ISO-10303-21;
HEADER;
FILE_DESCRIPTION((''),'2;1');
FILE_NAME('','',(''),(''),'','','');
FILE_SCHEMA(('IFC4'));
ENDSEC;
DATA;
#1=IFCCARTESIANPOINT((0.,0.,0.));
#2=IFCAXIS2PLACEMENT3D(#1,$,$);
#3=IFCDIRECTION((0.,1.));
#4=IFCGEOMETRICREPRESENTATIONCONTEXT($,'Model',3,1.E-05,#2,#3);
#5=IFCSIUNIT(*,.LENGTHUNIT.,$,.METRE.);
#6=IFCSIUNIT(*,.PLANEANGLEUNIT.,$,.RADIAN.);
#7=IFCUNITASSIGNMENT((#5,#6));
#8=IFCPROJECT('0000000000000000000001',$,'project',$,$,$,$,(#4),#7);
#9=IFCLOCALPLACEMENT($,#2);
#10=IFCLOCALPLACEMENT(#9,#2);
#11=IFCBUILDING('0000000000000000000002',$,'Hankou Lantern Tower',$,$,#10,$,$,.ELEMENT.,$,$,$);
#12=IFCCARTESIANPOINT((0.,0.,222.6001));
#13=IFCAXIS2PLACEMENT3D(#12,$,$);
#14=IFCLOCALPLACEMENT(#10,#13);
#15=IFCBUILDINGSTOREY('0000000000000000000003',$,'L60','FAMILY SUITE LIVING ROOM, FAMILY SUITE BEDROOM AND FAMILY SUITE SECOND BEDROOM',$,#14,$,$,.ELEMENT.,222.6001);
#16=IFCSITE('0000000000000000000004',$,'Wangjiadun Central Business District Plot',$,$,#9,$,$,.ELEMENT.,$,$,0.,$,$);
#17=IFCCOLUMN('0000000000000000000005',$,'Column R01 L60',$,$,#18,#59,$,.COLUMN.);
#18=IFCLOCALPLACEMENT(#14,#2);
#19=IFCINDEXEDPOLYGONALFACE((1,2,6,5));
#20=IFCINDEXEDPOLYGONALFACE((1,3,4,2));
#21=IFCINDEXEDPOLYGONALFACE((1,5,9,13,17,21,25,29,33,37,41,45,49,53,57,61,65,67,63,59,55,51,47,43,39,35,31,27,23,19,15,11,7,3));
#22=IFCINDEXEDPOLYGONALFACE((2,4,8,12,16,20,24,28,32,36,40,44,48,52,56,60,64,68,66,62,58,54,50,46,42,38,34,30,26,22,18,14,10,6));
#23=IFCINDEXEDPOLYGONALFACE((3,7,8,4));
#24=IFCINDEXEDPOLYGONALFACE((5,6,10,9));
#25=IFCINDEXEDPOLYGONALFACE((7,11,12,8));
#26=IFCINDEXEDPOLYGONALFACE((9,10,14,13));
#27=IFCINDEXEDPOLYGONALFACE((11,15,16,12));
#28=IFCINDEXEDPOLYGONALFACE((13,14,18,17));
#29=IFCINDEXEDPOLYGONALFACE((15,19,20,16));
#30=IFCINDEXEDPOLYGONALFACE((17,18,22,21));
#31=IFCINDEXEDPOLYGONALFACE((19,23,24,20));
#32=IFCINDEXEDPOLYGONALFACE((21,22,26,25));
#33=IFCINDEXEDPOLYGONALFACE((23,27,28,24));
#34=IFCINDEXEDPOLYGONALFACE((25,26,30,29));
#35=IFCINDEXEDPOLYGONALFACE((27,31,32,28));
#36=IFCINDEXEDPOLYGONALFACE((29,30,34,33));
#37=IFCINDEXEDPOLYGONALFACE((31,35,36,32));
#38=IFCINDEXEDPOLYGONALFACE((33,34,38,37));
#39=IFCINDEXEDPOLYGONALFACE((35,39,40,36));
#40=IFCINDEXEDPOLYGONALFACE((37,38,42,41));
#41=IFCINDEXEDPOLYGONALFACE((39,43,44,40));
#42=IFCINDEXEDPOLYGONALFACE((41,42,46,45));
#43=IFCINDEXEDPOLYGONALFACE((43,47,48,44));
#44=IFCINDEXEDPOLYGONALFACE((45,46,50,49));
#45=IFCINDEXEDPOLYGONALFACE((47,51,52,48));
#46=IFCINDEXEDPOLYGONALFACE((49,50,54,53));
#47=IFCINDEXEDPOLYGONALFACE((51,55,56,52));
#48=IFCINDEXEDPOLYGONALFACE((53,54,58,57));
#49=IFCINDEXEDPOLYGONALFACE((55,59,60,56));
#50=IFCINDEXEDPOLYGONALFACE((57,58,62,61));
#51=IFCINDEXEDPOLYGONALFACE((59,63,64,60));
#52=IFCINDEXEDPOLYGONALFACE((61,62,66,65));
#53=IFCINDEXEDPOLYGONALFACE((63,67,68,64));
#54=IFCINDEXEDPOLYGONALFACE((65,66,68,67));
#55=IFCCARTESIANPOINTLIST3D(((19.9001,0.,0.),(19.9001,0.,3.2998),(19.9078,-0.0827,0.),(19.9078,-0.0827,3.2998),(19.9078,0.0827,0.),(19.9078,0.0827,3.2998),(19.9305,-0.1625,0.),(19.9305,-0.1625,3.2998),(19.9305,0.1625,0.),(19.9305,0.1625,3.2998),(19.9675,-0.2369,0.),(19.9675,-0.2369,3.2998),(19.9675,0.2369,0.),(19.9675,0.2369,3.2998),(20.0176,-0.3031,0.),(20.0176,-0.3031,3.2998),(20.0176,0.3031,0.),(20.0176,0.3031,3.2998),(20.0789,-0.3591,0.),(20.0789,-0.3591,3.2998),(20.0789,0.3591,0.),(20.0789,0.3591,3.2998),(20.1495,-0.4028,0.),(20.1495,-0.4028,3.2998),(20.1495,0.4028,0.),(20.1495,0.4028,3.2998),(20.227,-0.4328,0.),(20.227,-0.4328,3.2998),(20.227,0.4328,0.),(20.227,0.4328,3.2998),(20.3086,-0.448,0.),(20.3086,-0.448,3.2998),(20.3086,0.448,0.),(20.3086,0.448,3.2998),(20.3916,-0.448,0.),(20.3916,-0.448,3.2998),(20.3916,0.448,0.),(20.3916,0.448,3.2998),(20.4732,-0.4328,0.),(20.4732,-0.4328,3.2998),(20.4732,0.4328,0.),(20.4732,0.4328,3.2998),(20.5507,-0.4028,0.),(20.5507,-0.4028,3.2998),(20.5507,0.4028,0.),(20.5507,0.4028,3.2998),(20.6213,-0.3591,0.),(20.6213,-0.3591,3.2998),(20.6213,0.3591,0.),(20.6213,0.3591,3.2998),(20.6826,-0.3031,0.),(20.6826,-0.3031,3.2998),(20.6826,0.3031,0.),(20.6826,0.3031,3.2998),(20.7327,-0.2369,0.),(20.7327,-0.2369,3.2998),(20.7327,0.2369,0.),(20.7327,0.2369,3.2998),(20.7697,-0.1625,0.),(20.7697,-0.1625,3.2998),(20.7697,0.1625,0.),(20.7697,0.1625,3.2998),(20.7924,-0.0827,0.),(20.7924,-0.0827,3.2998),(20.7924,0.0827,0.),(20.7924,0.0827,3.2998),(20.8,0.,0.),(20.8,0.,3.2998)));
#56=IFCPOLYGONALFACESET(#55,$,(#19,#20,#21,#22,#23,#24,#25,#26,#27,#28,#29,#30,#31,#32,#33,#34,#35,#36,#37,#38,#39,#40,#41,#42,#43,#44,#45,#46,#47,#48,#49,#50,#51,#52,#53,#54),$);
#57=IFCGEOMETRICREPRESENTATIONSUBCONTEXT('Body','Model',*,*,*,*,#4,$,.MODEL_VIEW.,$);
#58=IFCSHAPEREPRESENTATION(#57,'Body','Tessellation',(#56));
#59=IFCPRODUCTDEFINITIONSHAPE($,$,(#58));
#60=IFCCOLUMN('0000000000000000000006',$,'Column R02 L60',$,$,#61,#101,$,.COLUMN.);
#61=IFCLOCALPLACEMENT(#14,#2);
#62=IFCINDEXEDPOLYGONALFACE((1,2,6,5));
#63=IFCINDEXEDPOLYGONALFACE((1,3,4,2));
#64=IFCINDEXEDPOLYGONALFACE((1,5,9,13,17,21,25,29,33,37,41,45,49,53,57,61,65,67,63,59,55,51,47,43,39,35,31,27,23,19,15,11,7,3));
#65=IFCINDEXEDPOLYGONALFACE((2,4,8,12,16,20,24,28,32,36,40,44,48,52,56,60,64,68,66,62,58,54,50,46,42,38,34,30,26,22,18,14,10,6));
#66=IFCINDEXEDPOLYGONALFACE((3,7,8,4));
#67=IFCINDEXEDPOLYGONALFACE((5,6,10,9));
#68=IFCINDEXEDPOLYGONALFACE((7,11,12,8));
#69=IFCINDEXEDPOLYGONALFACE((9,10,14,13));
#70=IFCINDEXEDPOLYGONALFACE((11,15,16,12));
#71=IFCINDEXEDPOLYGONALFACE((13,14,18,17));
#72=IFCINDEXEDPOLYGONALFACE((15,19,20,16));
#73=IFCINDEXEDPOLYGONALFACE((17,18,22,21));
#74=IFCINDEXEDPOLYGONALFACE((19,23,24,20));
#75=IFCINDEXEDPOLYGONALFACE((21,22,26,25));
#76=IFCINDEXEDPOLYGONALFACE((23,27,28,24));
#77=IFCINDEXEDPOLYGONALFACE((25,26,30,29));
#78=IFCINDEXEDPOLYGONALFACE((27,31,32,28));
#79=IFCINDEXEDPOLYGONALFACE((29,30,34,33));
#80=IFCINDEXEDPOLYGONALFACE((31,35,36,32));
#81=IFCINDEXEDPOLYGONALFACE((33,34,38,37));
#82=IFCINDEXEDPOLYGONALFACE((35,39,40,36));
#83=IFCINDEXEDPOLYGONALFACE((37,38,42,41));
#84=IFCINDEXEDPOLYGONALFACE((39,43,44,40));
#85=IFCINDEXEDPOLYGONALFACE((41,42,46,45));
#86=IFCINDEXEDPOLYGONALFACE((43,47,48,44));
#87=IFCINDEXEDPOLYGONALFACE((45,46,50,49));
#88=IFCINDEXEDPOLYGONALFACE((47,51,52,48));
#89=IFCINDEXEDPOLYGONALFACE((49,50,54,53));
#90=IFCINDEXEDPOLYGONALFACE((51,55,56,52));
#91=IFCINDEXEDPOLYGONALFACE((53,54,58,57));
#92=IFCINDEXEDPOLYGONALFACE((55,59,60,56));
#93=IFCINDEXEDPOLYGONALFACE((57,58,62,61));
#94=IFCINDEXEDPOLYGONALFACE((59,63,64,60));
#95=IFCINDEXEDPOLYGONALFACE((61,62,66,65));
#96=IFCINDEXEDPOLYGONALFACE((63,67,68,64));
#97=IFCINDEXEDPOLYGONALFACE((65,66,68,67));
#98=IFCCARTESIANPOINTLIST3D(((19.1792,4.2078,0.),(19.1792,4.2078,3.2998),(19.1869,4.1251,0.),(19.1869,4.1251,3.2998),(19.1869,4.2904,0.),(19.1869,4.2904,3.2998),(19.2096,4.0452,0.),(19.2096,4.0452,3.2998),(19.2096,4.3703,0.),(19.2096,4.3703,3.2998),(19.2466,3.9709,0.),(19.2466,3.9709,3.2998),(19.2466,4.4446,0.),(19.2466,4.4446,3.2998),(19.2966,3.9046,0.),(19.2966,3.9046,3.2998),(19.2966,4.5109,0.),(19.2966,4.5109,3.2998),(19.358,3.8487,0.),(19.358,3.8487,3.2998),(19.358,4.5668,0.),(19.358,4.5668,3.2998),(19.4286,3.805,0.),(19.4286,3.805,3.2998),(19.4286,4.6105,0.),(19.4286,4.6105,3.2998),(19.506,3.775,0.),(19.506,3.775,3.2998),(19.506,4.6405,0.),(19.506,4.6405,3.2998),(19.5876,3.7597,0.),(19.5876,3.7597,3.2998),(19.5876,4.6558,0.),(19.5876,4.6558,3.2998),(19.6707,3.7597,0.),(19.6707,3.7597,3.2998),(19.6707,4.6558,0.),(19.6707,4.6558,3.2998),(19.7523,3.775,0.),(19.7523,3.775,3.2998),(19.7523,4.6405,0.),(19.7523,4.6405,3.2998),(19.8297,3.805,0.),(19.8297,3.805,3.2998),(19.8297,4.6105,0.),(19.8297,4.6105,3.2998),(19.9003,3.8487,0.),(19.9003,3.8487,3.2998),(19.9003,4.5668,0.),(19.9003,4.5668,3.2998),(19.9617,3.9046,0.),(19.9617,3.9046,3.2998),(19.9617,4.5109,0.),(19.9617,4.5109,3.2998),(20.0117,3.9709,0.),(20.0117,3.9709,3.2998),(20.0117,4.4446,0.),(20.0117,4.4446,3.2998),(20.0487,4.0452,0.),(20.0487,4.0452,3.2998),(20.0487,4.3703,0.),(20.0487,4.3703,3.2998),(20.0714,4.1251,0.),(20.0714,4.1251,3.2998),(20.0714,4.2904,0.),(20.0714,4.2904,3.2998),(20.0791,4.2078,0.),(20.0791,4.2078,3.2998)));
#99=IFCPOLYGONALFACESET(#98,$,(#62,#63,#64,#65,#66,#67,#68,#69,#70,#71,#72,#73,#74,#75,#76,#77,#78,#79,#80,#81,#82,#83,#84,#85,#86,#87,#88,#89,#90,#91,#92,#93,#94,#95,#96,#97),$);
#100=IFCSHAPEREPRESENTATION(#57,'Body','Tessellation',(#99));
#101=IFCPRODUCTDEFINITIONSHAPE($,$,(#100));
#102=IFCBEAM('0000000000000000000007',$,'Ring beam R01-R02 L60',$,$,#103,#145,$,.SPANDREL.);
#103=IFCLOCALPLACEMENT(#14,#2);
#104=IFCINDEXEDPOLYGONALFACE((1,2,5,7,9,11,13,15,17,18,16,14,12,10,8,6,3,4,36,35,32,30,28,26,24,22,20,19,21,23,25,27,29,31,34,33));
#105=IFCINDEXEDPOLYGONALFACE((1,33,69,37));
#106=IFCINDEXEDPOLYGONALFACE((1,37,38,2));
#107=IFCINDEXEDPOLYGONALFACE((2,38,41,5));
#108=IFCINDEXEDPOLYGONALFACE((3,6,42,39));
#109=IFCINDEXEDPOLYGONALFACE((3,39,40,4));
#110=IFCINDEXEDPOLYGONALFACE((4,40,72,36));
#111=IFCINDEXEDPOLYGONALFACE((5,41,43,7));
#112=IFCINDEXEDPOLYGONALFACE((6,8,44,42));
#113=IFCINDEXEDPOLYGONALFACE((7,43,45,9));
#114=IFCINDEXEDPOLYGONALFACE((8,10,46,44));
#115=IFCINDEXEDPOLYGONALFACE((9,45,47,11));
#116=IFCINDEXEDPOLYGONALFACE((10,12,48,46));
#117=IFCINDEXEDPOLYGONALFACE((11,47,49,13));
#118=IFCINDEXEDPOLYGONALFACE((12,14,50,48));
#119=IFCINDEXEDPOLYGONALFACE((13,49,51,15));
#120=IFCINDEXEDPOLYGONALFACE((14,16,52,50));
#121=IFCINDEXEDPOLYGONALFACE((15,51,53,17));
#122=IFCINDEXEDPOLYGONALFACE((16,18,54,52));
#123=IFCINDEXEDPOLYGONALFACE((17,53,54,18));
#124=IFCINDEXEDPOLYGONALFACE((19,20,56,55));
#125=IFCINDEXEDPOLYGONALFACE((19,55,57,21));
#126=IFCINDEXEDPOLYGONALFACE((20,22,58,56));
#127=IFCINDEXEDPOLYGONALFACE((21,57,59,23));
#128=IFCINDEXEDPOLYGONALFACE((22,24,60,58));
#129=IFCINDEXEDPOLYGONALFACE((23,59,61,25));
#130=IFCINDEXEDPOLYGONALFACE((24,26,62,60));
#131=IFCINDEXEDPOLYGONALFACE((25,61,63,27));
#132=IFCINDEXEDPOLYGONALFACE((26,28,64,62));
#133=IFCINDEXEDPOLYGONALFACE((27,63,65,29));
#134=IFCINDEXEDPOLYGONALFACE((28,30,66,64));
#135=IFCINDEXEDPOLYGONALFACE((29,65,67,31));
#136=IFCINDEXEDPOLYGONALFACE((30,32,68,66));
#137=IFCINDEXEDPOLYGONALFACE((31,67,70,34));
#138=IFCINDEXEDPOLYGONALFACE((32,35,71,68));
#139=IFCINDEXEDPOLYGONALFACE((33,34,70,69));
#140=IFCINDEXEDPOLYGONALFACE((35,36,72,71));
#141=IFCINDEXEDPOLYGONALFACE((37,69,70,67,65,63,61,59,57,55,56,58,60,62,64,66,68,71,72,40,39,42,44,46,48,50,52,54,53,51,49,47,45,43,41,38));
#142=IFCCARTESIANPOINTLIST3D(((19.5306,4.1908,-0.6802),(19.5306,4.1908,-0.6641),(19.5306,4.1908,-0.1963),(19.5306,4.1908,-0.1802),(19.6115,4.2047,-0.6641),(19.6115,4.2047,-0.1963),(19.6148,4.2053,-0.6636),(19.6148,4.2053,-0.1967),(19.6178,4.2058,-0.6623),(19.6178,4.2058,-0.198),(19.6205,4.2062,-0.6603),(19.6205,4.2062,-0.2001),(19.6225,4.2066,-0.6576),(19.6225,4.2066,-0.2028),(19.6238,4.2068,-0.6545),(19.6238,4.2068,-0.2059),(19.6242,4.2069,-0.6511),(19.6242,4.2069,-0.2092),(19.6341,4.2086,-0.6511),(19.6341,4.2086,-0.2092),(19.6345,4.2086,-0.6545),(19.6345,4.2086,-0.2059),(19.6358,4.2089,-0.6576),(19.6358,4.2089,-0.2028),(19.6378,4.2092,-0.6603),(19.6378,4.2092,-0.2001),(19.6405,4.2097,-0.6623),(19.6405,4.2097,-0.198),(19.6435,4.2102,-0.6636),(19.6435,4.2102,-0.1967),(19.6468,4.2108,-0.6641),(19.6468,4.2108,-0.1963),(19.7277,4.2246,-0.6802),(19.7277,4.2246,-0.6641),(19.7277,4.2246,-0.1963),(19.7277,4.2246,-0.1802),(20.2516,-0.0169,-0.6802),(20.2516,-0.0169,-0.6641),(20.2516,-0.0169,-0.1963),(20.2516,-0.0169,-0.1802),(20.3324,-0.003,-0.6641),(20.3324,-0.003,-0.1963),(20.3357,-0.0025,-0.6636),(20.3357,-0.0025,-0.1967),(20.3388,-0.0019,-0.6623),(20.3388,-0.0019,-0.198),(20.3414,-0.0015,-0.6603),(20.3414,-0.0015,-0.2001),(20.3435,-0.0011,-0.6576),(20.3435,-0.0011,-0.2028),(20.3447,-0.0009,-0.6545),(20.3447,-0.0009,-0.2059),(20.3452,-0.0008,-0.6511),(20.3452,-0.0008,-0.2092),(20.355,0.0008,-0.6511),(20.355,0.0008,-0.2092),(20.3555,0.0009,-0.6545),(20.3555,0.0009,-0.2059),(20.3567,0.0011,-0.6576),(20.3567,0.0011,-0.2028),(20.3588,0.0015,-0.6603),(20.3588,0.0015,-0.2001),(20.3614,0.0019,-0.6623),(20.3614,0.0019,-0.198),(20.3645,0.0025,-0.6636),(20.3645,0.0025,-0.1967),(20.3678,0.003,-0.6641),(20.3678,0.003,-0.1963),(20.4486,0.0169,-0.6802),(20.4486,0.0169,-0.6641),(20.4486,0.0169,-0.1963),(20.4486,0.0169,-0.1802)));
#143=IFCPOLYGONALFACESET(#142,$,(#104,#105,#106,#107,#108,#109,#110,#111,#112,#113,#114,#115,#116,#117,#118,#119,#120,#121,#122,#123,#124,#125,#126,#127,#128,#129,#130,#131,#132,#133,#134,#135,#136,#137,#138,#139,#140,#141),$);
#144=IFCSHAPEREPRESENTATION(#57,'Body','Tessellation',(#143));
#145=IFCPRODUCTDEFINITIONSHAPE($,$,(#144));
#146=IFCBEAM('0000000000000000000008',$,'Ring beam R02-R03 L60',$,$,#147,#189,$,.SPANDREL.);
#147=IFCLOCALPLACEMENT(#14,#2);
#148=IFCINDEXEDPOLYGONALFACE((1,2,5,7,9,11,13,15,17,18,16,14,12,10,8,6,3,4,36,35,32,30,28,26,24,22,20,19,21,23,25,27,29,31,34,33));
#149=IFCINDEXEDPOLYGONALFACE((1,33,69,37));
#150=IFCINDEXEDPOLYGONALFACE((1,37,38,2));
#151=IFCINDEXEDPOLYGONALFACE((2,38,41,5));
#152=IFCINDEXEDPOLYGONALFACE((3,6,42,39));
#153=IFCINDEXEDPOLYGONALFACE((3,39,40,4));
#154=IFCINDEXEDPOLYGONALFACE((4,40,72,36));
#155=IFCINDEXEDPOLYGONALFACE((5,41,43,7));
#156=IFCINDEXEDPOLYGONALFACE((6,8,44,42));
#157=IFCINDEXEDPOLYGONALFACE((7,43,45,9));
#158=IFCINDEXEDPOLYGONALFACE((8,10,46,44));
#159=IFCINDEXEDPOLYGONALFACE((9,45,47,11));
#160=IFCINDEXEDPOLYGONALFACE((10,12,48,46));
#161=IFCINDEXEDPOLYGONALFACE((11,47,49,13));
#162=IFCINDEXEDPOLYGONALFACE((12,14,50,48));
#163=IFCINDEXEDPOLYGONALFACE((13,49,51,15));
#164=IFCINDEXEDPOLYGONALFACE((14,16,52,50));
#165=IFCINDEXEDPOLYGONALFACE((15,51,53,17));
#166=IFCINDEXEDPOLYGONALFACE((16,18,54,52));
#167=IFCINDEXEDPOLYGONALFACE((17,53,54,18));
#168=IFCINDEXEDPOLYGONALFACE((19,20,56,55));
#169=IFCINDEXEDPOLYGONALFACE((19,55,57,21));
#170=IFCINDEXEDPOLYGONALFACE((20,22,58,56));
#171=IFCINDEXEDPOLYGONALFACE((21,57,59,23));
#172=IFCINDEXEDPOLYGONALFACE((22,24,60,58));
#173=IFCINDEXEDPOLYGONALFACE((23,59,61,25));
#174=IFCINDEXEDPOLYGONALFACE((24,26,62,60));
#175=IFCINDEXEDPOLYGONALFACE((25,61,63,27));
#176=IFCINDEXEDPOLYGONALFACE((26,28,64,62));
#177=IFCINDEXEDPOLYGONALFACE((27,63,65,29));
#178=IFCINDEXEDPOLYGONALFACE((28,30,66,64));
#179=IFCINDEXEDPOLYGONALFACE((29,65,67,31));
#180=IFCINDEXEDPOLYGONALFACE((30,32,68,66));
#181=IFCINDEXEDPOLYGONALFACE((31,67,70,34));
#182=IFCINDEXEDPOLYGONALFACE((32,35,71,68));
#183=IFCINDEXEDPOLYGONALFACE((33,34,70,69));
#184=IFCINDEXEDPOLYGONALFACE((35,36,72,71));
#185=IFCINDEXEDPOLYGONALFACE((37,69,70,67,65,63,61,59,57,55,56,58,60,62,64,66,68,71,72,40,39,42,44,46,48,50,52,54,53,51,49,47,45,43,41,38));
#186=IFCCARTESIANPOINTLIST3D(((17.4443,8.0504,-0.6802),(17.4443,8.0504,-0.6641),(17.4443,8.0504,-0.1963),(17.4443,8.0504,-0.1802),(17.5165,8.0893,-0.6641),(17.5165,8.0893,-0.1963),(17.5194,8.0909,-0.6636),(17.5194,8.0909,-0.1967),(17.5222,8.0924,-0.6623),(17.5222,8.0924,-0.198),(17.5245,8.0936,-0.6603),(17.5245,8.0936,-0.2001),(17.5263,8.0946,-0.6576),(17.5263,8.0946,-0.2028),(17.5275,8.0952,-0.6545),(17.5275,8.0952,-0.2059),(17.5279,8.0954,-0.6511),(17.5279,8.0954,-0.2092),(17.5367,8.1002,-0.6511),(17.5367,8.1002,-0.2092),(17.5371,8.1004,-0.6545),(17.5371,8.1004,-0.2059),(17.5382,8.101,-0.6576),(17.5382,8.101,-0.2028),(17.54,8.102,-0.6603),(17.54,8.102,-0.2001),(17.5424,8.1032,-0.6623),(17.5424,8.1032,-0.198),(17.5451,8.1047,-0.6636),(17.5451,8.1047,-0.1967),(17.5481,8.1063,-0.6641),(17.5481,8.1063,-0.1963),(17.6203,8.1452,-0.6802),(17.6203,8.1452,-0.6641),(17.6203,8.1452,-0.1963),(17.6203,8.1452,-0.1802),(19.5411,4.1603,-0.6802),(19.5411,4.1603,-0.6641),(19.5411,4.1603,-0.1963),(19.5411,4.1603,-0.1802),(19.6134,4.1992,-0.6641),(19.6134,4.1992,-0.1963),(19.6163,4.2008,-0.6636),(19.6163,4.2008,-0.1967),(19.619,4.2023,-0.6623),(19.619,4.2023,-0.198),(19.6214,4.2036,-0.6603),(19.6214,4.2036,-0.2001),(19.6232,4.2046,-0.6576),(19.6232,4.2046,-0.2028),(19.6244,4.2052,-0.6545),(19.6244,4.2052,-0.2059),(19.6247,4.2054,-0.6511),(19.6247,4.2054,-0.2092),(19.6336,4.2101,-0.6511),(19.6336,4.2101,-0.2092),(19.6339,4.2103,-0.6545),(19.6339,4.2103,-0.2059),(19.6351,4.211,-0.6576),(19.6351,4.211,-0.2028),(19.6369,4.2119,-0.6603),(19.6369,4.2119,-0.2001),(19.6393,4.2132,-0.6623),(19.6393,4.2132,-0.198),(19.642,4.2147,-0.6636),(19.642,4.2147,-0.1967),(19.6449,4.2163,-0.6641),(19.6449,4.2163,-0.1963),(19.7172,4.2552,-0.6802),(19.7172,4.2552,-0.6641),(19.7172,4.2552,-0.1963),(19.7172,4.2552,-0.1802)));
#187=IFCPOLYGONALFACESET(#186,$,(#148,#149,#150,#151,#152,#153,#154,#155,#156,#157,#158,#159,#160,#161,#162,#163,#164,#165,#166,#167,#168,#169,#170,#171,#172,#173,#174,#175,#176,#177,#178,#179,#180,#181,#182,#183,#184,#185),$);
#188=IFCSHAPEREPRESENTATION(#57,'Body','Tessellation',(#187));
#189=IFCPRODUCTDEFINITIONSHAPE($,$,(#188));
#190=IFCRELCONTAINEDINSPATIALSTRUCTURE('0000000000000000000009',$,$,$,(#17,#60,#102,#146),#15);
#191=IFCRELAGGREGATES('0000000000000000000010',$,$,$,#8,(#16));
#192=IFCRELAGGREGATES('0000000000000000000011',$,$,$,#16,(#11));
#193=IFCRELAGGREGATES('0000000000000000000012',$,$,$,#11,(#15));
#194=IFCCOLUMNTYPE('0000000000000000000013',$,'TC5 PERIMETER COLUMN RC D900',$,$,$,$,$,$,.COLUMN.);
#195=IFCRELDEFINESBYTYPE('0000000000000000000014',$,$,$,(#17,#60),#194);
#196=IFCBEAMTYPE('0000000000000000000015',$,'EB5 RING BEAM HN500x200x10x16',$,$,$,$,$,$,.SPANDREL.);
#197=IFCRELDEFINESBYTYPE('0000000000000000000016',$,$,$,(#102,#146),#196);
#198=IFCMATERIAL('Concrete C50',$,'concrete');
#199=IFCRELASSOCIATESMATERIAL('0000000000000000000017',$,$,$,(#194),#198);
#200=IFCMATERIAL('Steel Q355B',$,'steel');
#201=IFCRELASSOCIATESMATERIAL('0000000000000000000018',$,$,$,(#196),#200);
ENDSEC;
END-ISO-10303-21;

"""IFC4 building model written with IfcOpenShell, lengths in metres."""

from ifc_helpers import new_model, si_unit, direction, frame, origin, origin_2d, place, context, subcontext, project, spatial, circle, i_section, extrude, material, material_profile, profile_set, type_object, element, save


model = new_model("IFC4")

# Units and contexts
model_context = context("Model", 3, precision=1e-05, world=origin(), true_north=direction((0.0, 1.0)))
body_context = subcontext(model_context, "Body", "Model", "MODEL_VIEW")
ifc_project = project(units=[si_unit("LENGTHUNIT", "METRE"), si_unit("PLANEANGLEUNIT", "RADIAN")], contexts=[model_context])

# Site, building, storey
site_placement = place(None, origin())
site = spatial("IfcSite", under=ifc_project, at=site_placement, Name="Wangjiadun Central Business District Plot", CompositionType="ELEMENT", RefElevation=0.0)
building_placement = place(site_placement, origin())
building = spatial("IfcBuilding", under=site, at=building_placement, Name="Hankou Lantern Tower", CompositionType="ELEMENT")
storey_placement = place(building_placement, frame((0.0, 0.0, 222.6001)))
storey = spatial("IfcBuildingStorey", under=building, at=storey_placement, Name="L60", Description="FAMILY SUITE LIVING ROOM, FAMILY SUITE BEDROOM AND FAMILY SUITE SECOND BEDROOM", CompositionType="ELEMENT", Elevation=222.6001)

# Columns
ifc_material_1 = material(Name="Concrete C50", Category="concrete")
ifc_material_profile_1 = material_profile(ifc_material_1, circle(Radius=0.45, at=origin_2d()), Name="RC D900")
ifc_profile_set_1 = profile_set([ifc_material_profile_1], Name="Concrete C50")
column_type = type_object("IfcColumnType", Name="TC5 PERIMETER COLUMN RC D900", PredefinedType="COLUMN", material=ifc_profile_set_1)
for number, where, z_axis, x_axis, name in (
    (1, (20.3501, 0.0, 0.0), (0.0, 0.0, 1.0), (1.0, 0.0, 0.0), "Column R01 L60"),
    (2, (19.6292, 4.2078, 0.0), (0.0, 0.0, 1.0), (1.0, 0.0, 0.0), "Column R02 L60"),
):
    element("IfcColumn", number, at=place(storey_placement, frame(where, z_axis=z_axis, x_axis=x_axis)), inside=storey, type_object=column_type, Name=name, PredefinedType="COLUMN", context=body_context, shape_type="SweptSolid", body=[
        extrude(circle(Radius=0.45, at=origin_2d()), origin(), (0.0, 0.0, 1.0), 3.2998),
    ])

# Beams
ifc_material_2 = material(Name="Steel Q355B", Category="steel")
ifc_material_profile_2 = material_profile(ifc_material_2, i_section(OverallWidth=0.2, OverallDepth=0.5, WebThickness=0.01, FlangeThickness=0.0161, FilletRadius=0.0129, at=origin_2d()), Name="HN500x200x10x16")
ifc_profile_set_2 = profile_set([ifc_material_profile_2], Name="Steel Q355B")
beam_type_1 = type_object("IfcBeamType", Name="EB5 RING BEAM HN500x200x10x16", PredefinedType="SPANDREL", material=ifc_profile_set_2)
beam_1_placement = place(storey_placement, frame((20.3501, 0.0, -0.4302), z_axis=(-0.168877, 0.985637, 0.0), x_axis=(-0.985637, -0.168877, 0.0)))
element("IfcBeam", 3, at=beam_1_placement, inside=storey, type_object=beam_type_1, Name="Ring beam R01-R02 L60", PredefinedType="SPANDREL", context=body_context, shape_type="SweptSolid", body=[
    extrude(i_section(OverallWidth=0.2, OverallDepth=0.5, WebThickness=0.01, FlangeThickness=0.0161, FilletRadius=0.0129, at=origin_2d()), origin(), (0.0, 0.0, 1.0), 4.269),
])
beam_2_placement = place(storey_placement, frame((19.6292, 4.2078, -0.4302), z_axis=(-0.474492, 0.88026, 0.0), x_axis=(-0.88026, -0.474492, 0.0)))
element("IfcBeam", 4, at=beam_2_placement, inside=storey, type_object=beam_type_1, Name="Ring beam R02-R03 L60", PredefinedType="SPANDREL", context=body_context, shape_type="SweptSolid", body=[
    extrude(i_section(OverallWidth=0.2, OverallDepth=0.5, WebThickness=0.01, FlangeThickness=0.0161, FilletRadius=0.0129, at=origin_2d()), origin(), (0.0, 0.0, 1.0), 4.4192),
])

save(model, "model.ifc")
